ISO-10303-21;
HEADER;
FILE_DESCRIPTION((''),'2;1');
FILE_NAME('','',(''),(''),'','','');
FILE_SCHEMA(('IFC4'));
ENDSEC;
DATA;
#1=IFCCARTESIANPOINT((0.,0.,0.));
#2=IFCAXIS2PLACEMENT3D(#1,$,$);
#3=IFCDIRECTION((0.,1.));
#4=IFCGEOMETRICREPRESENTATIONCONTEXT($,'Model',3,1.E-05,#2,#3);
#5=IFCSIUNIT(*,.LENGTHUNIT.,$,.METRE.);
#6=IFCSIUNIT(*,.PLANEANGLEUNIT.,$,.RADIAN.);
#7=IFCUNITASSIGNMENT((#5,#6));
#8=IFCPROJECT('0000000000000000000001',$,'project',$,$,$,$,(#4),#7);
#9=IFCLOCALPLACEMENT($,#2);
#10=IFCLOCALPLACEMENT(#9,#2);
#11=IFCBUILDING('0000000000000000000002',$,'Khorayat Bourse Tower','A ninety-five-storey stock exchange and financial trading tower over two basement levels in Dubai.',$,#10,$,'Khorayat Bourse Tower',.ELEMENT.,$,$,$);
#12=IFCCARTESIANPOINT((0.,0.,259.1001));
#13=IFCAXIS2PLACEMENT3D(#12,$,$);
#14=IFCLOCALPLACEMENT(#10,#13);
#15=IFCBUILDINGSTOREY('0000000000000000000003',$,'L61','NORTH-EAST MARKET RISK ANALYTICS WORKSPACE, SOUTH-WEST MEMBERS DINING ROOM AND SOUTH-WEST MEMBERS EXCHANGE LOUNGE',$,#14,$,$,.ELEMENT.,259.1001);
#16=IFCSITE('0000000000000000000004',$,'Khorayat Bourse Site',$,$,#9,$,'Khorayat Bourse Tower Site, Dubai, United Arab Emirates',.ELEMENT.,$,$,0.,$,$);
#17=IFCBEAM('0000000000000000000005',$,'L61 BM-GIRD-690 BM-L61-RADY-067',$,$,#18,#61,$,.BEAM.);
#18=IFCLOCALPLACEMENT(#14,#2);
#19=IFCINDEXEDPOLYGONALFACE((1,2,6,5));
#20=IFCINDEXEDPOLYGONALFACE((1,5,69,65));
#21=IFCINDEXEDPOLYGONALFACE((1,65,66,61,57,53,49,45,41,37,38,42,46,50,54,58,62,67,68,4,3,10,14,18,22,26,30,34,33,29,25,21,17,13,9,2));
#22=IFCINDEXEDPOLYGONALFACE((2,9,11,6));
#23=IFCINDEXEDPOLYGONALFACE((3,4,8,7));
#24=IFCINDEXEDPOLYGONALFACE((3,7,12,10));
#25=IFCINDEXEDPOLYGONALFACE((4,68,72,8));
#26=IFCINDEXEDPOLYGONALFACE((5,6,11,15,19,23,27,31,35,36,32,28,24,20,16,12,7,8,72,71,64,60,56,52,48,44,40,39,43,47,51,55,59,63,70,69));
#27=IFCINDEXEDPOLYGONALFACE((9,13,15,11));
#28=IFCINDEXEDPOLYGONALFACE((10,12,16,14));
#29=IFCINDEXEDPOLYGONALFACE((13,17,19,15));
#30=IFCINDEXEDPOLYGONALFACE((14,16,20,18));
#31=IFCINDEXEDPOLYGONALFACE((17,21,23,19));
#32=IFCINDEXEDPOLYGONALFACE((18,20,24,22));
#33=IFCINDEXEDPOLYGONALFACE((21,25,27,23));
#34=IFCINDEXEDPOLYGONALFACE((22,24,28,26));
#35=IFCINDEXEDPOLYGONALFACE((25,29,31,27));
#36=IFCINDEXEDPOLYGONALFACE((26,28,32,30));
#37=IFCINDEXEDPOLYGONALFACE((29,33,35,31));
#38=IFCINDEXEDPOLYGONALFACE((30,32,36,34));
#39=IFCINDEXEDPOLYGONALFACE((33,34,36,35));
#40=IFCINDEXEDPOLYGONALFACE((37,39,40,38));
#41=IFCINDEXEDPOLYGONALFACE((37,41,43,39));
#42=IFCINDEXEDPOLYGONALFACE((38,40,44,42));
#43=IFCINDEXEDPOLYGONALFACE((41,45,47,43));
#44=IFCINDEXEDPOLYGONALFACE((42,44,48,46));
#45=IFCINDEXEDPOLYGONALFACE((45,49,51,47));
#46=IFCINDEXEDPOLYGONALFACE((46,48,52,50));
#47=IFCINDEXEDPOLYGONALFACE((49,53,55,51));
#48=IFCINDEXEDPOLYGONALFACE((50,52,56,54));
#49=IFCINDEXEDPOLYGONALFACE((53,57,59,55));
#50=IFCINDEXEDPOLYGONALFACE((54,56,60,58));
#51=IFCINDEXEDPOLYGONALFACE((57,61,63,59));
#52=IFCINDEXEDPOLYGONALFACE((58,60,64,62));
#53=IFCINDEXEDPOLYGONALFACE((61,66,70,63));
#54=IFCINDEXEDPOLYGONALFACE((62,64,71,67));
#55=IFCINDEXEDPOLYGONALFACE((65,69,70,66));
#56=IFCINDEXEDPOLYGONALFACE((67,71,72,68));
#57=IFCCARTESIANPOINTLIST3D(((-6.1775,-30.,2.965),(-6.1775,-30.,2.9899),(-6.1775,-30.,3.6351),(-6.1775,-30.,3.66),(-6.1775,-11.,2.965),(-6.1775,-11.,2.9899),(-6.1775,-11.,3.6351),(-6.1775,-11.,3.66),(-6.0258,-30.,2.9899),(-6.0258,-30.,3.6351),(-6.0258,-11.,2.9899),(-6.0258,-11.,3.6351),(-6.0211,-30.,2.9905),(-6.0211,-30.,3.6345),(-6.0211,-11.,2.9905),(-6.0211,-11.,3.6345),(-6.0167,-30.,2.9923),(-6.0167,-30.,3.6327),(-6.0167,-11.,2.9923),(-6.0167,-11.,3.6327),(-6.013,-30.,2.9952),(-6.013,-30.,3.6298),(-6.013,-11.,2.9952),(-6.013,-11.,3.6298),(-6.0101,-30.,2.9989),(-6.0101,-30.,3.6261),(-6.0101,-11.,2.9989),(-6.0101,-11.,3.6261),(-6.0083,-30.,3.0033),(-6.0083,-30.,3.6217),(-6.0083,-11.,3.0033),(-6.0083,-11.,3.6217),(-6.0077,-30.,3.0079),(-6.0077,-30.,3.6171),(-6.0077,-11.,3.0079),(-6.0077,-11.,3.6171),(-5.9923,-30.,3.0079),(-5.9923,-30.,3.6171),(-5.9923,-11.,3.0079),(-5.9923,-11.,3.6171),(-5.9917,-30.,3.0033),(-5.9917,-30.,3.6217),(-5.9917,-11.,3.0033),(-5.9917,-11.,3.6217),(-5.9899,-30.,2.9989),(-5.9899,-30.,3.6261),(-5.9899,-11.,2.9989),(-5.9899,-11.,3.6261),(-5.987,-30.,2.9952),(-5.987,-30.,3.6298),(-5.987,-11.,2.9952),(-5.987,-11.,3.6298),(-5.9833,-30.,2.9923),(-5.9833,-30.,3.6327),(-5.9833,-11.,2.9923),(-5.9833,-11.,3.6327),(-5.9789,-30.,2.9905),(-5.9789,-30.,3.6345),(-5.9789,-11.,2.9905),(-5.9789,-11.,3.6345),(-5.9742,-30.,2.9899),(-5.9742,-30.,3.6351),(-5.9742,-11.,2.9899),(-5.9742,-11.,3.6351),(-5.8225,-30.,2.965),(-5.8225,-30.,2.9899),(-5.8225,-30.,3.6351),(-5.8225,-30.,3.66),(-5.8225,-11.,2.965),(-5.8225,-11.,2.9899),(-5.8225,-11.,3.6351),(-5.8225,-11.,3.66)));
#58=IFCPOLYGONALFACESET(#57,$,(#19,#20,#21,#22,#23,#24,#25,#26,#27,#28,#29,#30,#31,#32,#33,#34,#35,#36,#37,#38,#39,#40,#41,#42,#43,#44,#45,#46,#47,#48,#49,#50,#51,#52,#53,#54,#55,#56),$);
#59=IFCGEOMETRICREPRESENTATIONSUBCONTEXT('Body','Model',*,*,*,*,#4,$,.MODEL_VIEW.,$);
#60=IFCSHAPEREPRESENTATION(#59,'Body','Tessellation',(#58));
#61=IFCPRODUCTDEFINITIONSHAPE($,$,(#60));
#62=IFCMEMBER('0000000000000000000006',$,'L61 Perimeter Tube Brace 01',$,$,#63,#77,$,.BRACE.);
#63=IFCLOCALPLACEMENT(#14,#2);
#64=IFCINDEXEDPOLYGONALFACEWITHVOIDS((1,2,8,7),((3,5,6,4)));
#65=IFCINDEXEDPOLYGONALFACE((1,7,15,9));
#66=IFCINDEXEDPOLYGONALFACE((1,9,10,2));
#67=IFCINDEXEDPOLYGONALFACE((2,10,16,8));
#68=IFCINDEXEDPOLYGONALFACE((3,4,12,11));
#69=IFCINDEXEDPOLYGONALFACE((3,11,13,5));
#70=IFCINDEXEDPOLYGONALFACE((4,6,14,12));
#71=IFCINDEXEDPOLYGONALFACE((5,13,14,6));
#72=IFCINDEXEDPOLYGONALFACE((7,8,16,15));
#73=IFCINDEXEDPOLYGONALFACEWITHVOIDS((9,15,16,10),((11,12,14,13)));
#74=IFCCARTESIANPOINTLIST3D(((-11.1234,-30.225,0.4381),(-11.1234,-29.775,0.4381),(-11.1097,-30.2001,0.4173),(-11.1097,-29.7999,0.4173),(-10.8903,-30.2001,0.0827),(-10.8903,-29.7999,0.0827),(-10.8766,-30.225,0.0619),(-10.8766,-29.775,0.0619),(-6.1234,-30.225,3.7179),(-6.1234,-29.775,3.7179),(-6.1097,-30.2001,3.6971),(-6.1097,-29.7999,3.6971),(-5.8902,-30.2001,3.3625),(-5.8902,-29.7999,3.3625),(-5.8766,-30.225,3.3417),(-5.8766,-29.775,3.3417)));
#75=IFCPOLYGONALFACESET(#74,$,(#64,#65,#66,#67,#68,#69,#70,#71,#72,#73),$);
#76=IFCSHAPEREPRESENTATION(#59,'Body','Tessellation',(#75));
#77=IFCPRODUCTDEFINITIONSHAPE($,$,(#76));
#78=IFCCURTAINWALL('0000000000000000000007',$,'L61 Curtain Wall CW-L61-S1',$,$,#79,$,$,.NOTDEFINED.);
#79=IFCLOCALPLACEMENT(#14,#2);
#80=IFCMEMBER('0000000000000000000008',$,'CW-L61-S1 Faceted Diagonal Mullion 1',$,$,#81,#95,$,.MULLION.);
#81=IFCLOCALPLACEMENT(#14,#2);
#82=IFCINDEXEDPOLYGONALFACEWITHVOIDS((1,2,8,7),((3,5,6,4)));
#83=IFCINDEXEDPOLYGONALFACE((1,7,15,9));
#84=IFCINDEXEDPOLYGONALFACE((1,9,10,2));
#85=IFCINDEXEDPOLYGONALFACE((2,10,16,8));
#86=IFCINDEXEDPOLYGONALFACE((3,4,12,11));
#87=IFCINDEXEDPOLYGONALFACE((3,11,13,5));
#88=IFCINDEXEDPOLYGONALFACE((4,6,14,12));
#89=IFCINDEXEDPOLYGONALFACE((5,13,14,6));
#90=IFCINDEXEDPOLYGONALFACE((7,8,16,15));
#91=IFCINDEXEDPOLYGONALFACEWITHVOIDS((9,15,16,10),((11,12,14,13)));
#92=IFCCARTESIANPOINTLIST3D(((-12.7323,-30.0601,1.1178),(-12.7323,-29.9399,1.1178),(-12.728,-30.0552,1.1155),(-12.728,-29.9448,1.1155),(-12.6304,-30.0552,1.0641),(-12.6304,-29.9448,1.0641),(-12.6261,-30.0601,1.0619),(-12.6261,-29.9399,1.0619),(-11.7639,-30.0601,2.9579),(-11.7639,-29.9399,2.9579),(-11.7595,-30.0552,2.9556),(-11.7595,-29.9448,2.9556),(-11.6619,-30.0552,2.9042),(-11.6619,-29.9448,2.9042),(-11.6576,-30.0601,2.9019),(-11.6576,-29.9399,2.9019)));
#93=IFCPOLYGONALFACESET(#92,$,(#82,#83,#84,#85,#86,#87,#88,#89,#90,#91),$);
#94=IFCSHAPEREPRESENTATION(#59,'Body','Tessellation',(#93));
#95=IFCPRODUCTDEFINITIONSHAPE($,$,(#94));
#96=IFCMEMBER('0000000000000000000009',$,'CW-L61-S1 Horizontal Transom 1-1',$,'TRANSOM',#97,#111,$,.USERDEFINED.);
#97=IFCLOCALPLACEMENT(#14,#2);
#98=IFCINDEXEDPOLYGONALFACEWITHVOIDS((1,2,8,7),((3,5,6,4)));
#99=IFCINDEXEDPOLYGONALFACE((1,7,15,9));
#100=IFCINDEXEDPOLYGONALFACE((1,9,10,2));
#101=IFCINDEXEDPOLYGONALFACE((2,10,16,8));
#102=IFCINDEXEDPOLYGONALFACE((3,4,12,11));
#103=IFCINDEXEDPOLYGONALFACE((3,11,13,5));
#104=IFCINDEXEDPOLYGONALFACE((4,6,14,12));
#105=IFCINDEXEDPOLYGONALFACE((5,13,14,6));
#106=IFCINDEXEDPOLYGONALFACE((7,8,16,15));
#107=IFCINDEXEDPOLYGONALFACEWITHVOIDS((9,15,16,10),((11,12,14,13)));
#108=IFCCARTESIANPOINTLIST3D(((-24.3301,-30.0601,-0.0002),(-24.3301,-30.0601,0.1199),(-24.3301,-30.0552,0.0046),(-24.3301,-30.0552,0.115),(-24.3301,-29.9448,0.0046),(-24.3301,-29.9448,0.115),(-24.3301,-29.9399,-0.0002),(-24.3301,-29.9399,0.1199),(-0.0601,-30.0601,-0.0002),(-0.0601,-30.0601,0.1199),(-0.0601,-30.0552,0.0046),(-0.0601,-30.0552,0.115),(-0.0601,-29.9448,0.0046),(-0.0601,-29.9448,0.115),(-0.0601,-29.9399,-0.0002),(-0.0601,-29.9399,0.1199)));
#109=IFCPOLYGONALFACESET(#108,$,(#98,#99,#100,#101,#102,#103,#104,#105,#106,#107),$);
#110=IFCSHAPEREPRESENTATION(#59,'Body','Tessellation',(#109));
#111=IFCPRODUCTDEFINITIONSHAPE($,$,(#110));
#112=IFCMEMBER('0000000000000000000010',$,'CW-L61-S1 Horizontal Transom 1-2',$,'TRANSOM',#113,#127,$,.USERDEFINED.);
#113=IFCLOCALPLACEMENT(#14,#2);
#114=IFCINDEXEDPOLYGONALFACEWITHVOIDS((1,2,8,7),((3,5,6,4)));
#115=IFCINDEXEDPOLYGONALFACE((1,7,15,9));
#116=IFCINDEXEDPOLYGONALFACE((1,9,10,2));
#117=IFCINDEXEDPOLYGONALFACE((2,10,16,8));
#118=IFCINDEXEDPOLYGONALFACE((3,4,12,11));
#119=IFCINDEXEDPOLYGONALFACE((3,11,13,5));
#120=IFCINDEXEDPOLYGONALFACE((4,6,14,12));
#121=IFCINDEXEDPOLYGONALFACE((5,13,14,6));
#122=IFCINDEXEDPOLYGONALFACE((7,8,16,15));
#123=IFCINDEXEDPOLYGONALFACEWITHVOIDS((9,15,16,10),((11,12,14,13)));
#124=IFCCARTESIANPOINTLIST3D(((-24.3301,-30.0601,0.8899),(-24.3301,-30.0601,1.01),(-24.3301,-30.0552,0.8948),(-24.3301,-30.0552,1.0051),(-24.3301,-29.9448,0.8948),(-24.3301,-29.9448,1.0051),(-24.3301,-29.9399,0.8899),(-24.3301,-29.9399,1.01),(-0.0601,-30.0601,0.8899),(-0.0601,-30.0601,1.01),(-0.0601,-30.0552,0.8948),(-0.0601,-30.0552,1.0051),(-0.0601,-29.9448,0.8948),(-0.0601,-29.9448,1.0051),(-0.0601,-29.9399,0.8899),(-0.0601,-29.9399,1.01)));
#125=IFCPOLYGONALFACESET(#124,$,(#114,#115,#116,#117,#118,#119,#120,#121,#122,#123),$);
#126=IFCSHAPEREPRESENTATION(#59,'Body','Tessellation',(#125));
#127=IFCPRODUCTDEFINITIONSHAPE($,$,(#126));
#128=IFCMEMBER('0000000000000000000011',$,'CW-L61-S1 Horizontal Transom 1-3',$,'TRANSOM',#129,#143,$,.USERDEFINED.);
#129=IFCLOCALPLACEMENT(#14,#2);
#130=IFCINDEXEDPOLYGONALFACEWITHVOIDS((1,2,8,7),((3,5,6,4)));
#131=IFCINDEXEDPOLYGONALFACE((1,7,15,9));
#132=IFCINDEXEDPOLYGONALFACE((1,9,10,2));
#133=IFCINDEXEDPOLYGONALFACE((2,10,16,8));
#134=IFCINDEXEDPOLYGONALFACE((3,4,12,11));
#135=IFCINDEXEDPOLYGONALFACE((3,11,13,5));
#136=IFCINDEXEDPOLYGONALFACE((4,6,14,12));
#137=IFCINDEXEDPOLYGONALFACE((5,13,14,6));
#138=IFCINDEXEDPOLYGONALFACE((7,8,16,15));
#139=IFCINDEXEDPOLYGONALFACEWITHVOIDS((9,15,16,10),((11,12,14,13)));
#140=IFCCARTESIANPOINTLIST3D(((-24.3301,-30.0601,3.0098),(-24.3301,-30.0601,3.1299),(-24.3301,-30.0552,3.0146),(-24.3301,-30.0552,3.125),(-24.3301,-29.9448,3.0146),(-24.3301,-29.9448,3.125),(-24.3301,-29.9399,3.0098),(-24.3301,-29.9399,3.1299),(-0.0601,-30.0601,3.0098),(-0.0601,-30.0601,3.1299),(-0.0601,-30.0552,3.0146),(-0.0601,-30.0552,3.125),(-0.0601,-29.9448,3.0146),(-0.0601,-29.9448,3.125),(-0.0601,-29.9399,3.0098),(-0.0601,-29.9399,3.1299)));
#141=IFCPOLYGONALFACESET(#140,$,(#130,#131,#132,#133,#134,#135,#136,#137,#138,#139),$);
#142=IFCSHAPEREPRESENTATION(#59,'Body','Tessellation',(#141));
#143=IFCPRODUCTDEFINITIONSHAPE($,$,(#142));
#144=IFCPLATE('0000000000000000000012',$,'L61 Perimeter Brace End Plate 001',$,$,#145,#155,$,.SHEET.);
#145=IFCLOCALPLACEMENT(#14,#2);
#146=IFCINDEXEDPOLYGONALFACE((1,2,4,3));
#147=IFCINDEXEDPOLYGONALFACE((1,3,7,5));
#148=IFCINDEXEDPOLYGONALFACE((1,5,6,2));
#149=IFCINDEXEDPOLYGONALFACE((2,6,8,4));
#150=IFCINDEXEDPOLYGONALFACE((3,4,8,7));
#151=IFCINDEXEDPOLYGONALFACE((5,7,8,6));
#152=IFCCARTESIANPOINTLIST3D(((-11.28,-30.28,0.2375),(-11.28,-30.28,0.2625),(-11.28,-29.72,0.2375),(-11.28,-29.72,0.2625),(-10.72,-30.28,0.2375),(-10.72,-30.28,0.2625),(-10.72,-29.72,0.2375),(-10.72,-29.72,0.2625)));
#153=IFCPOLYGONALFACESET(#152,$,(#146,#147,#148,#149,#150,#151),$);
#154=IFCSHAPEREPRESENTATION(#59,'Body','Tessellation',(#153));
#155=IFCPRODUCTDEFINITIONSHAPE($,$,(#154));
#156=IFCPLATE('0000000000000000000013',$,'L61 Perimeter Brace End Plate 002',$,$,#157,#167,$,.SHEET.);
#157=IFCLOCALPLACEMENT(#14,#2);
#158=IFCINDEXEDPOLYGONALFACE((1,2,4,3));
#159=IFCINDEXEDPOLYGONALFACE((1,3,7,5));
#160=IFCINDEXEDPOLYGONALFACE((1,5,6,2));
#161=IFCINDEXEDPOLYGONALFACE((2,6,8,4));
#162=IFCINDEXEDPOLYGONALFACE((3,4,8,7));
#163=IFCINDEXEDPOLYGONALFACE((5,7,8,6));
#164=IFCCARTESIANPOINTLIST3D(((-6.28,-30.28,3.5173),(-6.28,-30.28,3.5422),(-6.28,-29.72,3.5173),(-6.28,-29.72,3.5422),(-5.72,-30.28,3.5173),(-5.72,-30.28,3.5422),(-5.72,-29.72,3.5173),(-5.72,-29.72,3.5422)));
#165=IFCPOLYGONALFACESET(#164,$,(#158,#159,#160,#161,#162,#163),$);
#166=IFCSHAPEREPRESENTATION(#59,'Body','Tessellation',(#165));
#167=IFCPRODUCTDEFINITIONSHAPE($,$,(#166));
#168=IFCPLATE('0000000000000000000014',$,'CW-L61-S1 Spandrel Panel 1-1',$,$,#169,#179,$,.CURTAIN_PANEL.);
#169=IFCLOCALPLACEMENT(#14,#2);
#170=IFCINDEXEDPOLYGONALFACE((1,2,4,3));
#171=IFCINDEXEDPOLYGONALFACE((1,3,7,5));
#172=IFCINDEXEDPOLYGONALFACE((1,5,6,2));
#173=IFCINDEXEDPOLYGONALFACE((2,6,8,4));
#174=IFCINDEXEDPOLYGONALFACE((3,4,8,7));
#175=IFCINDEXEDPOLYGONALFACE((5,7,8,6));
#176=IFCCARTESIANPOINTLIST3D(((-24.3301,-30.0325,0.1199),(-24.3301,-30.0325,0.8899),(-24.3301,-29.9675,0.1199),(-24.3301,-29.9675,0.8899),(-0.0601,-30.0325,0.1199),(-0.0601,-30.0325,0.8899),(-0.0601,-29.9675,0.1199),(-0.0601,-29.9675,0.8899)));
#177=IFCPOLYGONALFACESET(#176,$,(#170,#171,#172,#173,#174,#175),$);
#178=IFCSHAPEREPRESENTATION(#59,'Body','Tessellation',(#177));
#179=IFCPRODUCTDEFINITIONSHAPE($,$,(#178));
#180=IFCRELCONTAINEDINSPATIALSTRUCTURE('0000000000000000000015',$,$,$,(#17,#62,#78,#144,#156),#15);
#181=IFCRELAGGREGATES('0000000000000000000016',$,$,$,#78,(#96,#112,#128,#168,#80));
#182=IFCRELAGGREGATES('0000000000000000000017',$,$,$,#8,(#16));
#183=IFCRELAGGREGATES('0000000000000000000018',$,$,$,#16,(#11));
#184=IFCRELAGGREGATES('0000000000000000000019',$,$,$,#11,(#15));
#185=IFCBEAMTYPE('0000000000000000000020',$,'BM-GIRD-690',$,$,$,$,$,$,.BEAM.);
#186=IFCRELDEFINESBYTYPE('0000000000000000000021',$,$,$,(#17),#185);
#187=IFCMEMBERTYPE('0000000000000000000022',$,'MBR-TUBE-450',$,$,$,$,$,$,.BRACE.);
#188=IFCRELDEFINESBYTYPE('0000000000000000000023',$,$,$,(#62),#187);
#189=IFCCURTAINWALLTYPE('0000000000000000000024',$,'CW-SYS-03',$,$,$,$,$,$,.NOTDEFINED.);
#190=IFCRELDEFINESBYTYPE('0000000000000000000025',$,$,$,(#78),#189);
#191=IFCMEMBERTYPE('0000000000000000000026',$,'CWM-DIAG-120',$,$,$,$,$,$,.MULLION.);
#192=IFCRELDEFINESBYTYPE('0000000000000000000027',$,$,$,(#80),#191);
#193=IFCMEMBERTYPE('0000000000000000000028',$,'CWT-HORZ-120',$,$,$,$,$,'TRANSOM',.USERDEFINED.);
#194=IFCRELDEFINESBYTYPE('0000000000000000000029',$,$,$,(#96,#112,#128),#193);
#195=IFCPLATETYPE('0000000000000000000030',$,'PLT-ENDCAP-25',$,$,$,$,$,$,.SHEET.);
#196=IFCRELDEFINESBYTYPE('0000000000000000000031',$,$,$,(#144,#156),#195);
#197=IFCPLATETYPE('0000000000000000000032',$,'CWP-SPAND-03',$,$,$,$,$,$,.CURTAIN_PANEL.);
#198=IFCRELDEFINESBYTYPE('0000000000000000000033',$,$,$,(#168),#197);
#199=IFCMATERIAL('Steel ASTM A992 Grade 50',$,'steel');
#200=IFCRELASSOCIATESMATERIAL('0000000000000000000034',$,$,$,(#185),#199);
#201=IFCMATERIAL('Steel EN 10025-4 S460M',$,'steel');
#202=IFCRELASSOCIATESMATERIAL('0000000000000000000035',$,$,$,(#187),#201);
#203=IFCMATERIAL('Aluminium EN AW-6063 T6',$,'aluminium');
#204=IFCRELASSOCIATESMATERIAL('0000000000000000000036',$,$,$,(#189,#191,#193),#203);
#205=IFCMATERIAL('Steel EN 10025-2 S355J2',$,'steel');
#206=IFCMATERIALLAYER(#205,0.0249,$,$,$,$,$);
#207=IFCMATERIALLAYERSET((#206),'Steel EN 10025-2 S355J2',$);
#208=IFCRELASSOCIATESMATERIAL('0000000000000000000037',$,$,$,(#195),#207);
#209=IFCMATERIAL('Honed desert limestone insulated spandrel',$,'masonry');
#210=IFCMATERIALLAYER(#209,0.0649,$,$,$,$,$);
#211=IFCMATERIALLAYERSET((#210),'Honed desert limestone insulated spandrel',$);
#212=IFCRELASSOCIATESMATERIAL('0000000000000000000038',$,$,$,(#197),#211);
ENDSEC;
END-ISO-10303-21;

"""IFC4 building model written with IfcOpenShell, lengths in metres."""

from ifc_helpers import new_model, si_unit, direction, frame, origin, origin_2d, place, context, subcontext, project, spatial, rectangle, hollow_rectangle, i_section, extrude, source, transform, mapped, material, layer, layer_set, material_profile, profile_set, type_object, element, aggregate, save


model = new_model("IFC4")

# Units and contexts
model_context = context("Model", 3, precision=1e-05, world=origin(), true_north=direction((0.0, 1.0)))
body_context = subcontext(model_context, "Body", "Model", "MODEL_VIEW")
ifc_project = project(units=[si_unit("LENGTHUNIT", "METRE"), si_unit("PLANEANGLEUNIT", "RADIAN")], contexts=[model_context])

# Site, building, storey
site_placement = place(None, origin())
site = spatial("IfcSite", under=ifc_project, at=site_placement, Name="Khorayat Bourse Site", LongName="Khorayat Bourse Tower Site, Dubai, United Arab Emirates", CompositionType="ELEMENT", RefElevation=0.0)
building_placement = place(site_placement, origin())
building = spatial("IfcBuilding", under=site, at=building_placement, Name="Khorayat Bourse Tower", Description="A ninety-five-storey stock exchange and financial trading tower over two basement levels in Dubai.", LongName="Khorayat Bourse Tower", CompositionType="ELEMENT")
storey_placement = place(building_placement, frame((0.0, 0.0, 259.1001)))
storey = spatial("IfcBuildingStorey", under=building, at=storey_placement, Name="L61", Description="NORTH-EAST MARKET RISK ANALYTICS WORKSPACE, SOUTH-WEST MEMBERS DINING ROOM AND SOUTH-WEST MEMBERS EXCHANGE LOUNGE", CompositionType="ELEMENT", Elevation=259.1001)

# Shared definitions
ifc_material_1 = material(Name="Steel EN 10025-4 S460M", Category="steel")

# Beam
ifc_material_2 = material(Name="Steel ASTM A992 Grade 50", Category="steel")
ifc_material_profile_1 = material_profile(ifc_material_2, i_section(OverallWidth=0.355, OverallDepth=0.6951, WebThickness=0.0154, FlangeThickness=0.0249, FilletRadius=0.0181, at=origin_2d()), Name="W690X217")
ifc_profile_set_1 = profile_set([ifc_material_profile_1], Name="Steel ASTM A992 Grade 50")
beam_type_1 = type_object("IfcBeamType", Name="BM-GIRD-690", PredefinedType="BEAM", material=ifc_profile_set_1)
shared_shape_1 = source(origin(), body_context, "Body", "SweptSolid", [
    extrude(i_section(OverallWidth=0.355, OverallDepth=0.6951, WebThickness=0.0154, FlangeThickness=0.0249, FilletRadius=0.0181, at=origin_2d()), origin(), (0.0, 0.0, 1.0), 19.0),
])
for number, where, z_axis, x_axis, name in (
    (1, (-6.0, -30.0, 3.3125), (0.0, 1.0, 0.0), (-1.0, 0.0, 0.0), "L61 BM-GIRD-690 BM-L61-RADY-067"),
):
    element("IfcBeam", number, at=place(storey_placement, frame(where, z_axis=z_axis, x_axis=x_axis)), inside=storey, type_object=beam_type_1, Name=name, PredefinedType="BEAM", context=body_context, shape_type="MappedRepresentation", body=[
        mapped(shared_shape_1, transform((0.0, 0.0, 0.0), scale=1.0)),
    ])

# Member
ifc_material_profile_2 = material_profile(ifc_material_1, hollow_rectangle(XDim=0.45, YDim=0.45, WallThickness=0.0249, at=origin_2d()), Name="HSS 450x450x25")
ifc_profile_set_2 = profile_set([ifc_material_profile_2], Name="Steel EN 10025-4 S460M")
member_type_1 = type_object("IfcMemberType", Name="MBR-TUBE-450", PredefinedType="BRACE", material=ifc_profile_set_2)
shared_shape_2 = source(origin(), body_context, "Body", "SweptSolid", [
    extrude(hollow_rectangle(XDim=0.45, YDim=0.45, WallThickness=0.0249, at=origin_2d()), origin(), (0.0, 0.0, 1.0), 5.9797),
])
member_1_placement = place(storey_placement, frame((-11.0, -30.0, 0.25), z_axis=(0.83616, 0.0, 0.548485), x_axis=(0.0, 1.0, 0.0)))
element("IfcMember", 2, at=member_1_placement, inside=storey, type_object=member_type_1, Name="L61 Perimeter Tube Brace 01", PredefinedType="BRACE", context=body_context, shape_type="MappedRepresentation", body=[
    mapped(shared_shape_2, transform((0.0, 0.0, 0.0), scale=1.0)),
])

# Curtain wall, members
ifc_material_3 = material(Name="Aluminium EN AW-6063 T6", Category="aluminium")
curtain_wall_type = type_object("IfcCurtainWallType", Name="CW-SYS-03", PredefinedType="NOTDEFINED", material=ifc_material_3)
curtain_wall_placement = place(storey_placement, origin())
curtain_wall = element("IfcCurtainWall", 3, at=curtain_wall_placement, inside=storey, type_object=curtain_wall_type, Name="L61 Curtain Wall CW-L61-S1", PredefinedType="NOTDEFINED")
ifc_material_profile_3 = material_profile(ifc_material_3, hollow_rectangle(XDim=0.1201, YDim=0.1201, WallThickness=0.0049, at=origin_2d()), Name="ALU 120x120x5")
ifc_profile_set_3 = profile_set([ifc_material_profile_3], Name="Aluminium EN AW-6063 T6")
member_type_2 = type_object("IfcMemberType", Name="CWM-DIAG-120", PredefinedType="MULLION", material=ifc_profile_set_3)
shared_shape_3 = source(origin(), body_context, "Body", "SweptSolid", [
    extrude(hollow_rectangle(XDim=0.1201, YDim=0.1201, WallThickness=0.0049, at=origin_2d()), origin(), (0.0, 0.0, 1.0), 2.0793),
])
member_2_placement = place(storey_placement, frame((-12.6792, -30.0, 1.0898), z_axis=(0.465761, 0.0, 0.884911), x_axis=(0.0, 1.0, 0.0)))
member_2 = element("IfcMember", 4, at=member_2_placement, type_object=member_type_2, Name="CW-L61-S1 Faceted Diagonal Mullion 1", PredefinedType="MULLION", context=body_context, shape_type="MappedRepresentation", body=[
    mapped(shared_shape_3, transform((0.0, 0.0, 0.0), scale=1.0)),
])
ifc_material_profile_4 = material_profile(ifc_material_3, hollow_rectangle(XDim=0.1201, YDim=0.1201, WallThickness=0.0049, at=origin_2d()), Name="ALU 120x120x5")
ifc_profile_set_4 = profile_set([ifc_material_profile_4], Name="Aluminium EN AW-6063 T6")
member_type_3 = type_object("IfcMemberType", Name="CWT-HORZ-120", ElementType="TRANSOM", PredefinedType="USERDEFINED", material=ifc_profile_set_4)
shared_shape_4 = source(origin(), body_context, "Body", "SweptSolid", [
    extrude(hollow_rectangle(XDim=0.1201, YDim=0.1201, WallThickness=0.0049, at=origin_2d()), origin(), (0.0, 0.0, 1.0), 24.27),
])
member_3_placement = place(storey_placement, frame((-24.3301, -30.0, 0.0598), z_axis=(1.0, 0.0, 0.0), x_axis=(0.0, 1.0, 0.0)))
member_3 = element("IfcMember", 5, at=member_3_placement, type_object=member_type_3, Name="CW-L61-S1 Horizontal Transom 1-1", ObjectType="TRANSOM", PredefinedType="USERDEFINED", context=body_context, shape_type="MappedRepresentation", body=[
    mapped(shared_shape_4, transform((0.0, 0.0, 0.0), scale=1.0)),
])
member_4_placement = place(storey_placement, frame((-24.3301, -30.0, 0.95), z_axis=(1.0, 0.0, 0.0), x_axis=(0.0, 1.0, 0.0)))
member_4 = element("IfcMember", 6, at=member_4_placement, type_object=member_type_3, Name="CW-L61-S1 Horizontal Transom 1-2", ObjectType="TRANSOM", PredefinedType="USERDEFINED", context=body_context, shape_type="MappedRepresentation", body=[
    mapped(shared_shape_4, transform((0.0, 0.0, 0.0), scale=1.0)),
])
member_5_placement = place(storey_placement, frame((-24.3301, -30.0, 3.0698), z_axis=(1.0, 0.0, 0.0), x_axis=(0.0, 1.0, 0.0)))
member_5 = element("IfcMember", 7, at=member_5_placement, type_object=member_type_3, Name="CW-L61-S1 Horizontal Transom 1-3", ObjectType="TRANSOM", PredefinedType="USERDEFINED", context=body_context, shape_type="MappedRepresentation", body=[
    mapped(shared_shape_4, transform((0.0, 0.0, 0.0), scale=1.0)),
])

# Plates
ifc_material_4 = material(Name="Steel EN 10025-2 S355J2", Category="steel")
ifc_layer_1 = layer(ifc_material_4, 0.0249)
ifc_layer_set_1 = layer_set([ifc_layer_1], Name="Steel EN 10025-2 S355J2")
plate_type_1 = type_object("IfcPlateType", Name="PLT-ENDCAP-25", PredefinedType="SHEET", material=ifc_layer_set_1)
shared_shape_5 = source(origin(), body_context, "Body", "SweptSolid", [
    extrude(rectangle(XDim=0.5601, YDim=0.5601, at=origin_2d()), origin(), (0.0, 0.0, 1.0), 0.0249),
])
for number, where, z_axis, x_axis, name in (
    (8, (-11.0, -30.0, 0.2375), (0.0, 0.0, 1.0), (1.0, 0.0, 0.0), "L61 Perimeter Brace End Plate 001"),
    (9, (-6.0, -30.0, 3.5173), (0.0, 0.0, 1.0), (1.0, 0.0, 0.0), "L61 Perimeter Brace End Plate 002"),
):
    element("IfcPlate", number, at=place(storey_placement, frame(where, z_axis=z_axis, x_axis=x_axis)), inside=storey, type_object=plate_type_1, Name=name, PredefinedType="SHEET", context=body_context, shape_type="MappedRepresentation", body=[
        mapped(shared_shape_5, transform((0.0, 0.0, 0.0), scale=1.0)),
    ])

# Plate
ifc_material_5 = material(Name="Honed desert limestone insulated spandrel", Category="masonry")
ifc_layer_2 = layer(ifc_material_5, 0.0649)
ifc_layer_set_2 = layer_set([ifc_layer_2], Name="Honed desert limestone insulated spandrel")
plate_type_2 = type_object("IfcPlateType", Name="CWP-SPAND-03", PredefinedType="CURTAIN_PANEL", material=ifc_layer_set_2)
shared_shape_6 = source(origin(), body_context, "Body", "SweptSolid", [
    extrude(rectangle(XDim=24.27, YDim=0.0649, at=origin_2d()), origin(), (0.0, 0.0, 1.0), 0.77),
])
plate_1_placement = place(storey_placement, frame((-12.1951, -30.0, 0.1199), z_axis=(0.0, 0.0, 1.0), x_axis=(1.0, 0.0, 0.0)))
plate_1 = element("IfcPlate", 10, at=plate_1_placement, type_object=plate_type_2, Name="CW-L61-S1 Spandrel Panel 1-1", PredefinedType="CURTAIN_PANEL", context=body_context, shape_type="MappedRepresentation", body=[
    mapped(shared_shape_6, transform((0.0, 0.0, 0.0), scale=1.0)),
])
aggregate(curtain_wall, [member_3, member_4, member_5, plate_1, member_2])

save(model, "model.ifc")
